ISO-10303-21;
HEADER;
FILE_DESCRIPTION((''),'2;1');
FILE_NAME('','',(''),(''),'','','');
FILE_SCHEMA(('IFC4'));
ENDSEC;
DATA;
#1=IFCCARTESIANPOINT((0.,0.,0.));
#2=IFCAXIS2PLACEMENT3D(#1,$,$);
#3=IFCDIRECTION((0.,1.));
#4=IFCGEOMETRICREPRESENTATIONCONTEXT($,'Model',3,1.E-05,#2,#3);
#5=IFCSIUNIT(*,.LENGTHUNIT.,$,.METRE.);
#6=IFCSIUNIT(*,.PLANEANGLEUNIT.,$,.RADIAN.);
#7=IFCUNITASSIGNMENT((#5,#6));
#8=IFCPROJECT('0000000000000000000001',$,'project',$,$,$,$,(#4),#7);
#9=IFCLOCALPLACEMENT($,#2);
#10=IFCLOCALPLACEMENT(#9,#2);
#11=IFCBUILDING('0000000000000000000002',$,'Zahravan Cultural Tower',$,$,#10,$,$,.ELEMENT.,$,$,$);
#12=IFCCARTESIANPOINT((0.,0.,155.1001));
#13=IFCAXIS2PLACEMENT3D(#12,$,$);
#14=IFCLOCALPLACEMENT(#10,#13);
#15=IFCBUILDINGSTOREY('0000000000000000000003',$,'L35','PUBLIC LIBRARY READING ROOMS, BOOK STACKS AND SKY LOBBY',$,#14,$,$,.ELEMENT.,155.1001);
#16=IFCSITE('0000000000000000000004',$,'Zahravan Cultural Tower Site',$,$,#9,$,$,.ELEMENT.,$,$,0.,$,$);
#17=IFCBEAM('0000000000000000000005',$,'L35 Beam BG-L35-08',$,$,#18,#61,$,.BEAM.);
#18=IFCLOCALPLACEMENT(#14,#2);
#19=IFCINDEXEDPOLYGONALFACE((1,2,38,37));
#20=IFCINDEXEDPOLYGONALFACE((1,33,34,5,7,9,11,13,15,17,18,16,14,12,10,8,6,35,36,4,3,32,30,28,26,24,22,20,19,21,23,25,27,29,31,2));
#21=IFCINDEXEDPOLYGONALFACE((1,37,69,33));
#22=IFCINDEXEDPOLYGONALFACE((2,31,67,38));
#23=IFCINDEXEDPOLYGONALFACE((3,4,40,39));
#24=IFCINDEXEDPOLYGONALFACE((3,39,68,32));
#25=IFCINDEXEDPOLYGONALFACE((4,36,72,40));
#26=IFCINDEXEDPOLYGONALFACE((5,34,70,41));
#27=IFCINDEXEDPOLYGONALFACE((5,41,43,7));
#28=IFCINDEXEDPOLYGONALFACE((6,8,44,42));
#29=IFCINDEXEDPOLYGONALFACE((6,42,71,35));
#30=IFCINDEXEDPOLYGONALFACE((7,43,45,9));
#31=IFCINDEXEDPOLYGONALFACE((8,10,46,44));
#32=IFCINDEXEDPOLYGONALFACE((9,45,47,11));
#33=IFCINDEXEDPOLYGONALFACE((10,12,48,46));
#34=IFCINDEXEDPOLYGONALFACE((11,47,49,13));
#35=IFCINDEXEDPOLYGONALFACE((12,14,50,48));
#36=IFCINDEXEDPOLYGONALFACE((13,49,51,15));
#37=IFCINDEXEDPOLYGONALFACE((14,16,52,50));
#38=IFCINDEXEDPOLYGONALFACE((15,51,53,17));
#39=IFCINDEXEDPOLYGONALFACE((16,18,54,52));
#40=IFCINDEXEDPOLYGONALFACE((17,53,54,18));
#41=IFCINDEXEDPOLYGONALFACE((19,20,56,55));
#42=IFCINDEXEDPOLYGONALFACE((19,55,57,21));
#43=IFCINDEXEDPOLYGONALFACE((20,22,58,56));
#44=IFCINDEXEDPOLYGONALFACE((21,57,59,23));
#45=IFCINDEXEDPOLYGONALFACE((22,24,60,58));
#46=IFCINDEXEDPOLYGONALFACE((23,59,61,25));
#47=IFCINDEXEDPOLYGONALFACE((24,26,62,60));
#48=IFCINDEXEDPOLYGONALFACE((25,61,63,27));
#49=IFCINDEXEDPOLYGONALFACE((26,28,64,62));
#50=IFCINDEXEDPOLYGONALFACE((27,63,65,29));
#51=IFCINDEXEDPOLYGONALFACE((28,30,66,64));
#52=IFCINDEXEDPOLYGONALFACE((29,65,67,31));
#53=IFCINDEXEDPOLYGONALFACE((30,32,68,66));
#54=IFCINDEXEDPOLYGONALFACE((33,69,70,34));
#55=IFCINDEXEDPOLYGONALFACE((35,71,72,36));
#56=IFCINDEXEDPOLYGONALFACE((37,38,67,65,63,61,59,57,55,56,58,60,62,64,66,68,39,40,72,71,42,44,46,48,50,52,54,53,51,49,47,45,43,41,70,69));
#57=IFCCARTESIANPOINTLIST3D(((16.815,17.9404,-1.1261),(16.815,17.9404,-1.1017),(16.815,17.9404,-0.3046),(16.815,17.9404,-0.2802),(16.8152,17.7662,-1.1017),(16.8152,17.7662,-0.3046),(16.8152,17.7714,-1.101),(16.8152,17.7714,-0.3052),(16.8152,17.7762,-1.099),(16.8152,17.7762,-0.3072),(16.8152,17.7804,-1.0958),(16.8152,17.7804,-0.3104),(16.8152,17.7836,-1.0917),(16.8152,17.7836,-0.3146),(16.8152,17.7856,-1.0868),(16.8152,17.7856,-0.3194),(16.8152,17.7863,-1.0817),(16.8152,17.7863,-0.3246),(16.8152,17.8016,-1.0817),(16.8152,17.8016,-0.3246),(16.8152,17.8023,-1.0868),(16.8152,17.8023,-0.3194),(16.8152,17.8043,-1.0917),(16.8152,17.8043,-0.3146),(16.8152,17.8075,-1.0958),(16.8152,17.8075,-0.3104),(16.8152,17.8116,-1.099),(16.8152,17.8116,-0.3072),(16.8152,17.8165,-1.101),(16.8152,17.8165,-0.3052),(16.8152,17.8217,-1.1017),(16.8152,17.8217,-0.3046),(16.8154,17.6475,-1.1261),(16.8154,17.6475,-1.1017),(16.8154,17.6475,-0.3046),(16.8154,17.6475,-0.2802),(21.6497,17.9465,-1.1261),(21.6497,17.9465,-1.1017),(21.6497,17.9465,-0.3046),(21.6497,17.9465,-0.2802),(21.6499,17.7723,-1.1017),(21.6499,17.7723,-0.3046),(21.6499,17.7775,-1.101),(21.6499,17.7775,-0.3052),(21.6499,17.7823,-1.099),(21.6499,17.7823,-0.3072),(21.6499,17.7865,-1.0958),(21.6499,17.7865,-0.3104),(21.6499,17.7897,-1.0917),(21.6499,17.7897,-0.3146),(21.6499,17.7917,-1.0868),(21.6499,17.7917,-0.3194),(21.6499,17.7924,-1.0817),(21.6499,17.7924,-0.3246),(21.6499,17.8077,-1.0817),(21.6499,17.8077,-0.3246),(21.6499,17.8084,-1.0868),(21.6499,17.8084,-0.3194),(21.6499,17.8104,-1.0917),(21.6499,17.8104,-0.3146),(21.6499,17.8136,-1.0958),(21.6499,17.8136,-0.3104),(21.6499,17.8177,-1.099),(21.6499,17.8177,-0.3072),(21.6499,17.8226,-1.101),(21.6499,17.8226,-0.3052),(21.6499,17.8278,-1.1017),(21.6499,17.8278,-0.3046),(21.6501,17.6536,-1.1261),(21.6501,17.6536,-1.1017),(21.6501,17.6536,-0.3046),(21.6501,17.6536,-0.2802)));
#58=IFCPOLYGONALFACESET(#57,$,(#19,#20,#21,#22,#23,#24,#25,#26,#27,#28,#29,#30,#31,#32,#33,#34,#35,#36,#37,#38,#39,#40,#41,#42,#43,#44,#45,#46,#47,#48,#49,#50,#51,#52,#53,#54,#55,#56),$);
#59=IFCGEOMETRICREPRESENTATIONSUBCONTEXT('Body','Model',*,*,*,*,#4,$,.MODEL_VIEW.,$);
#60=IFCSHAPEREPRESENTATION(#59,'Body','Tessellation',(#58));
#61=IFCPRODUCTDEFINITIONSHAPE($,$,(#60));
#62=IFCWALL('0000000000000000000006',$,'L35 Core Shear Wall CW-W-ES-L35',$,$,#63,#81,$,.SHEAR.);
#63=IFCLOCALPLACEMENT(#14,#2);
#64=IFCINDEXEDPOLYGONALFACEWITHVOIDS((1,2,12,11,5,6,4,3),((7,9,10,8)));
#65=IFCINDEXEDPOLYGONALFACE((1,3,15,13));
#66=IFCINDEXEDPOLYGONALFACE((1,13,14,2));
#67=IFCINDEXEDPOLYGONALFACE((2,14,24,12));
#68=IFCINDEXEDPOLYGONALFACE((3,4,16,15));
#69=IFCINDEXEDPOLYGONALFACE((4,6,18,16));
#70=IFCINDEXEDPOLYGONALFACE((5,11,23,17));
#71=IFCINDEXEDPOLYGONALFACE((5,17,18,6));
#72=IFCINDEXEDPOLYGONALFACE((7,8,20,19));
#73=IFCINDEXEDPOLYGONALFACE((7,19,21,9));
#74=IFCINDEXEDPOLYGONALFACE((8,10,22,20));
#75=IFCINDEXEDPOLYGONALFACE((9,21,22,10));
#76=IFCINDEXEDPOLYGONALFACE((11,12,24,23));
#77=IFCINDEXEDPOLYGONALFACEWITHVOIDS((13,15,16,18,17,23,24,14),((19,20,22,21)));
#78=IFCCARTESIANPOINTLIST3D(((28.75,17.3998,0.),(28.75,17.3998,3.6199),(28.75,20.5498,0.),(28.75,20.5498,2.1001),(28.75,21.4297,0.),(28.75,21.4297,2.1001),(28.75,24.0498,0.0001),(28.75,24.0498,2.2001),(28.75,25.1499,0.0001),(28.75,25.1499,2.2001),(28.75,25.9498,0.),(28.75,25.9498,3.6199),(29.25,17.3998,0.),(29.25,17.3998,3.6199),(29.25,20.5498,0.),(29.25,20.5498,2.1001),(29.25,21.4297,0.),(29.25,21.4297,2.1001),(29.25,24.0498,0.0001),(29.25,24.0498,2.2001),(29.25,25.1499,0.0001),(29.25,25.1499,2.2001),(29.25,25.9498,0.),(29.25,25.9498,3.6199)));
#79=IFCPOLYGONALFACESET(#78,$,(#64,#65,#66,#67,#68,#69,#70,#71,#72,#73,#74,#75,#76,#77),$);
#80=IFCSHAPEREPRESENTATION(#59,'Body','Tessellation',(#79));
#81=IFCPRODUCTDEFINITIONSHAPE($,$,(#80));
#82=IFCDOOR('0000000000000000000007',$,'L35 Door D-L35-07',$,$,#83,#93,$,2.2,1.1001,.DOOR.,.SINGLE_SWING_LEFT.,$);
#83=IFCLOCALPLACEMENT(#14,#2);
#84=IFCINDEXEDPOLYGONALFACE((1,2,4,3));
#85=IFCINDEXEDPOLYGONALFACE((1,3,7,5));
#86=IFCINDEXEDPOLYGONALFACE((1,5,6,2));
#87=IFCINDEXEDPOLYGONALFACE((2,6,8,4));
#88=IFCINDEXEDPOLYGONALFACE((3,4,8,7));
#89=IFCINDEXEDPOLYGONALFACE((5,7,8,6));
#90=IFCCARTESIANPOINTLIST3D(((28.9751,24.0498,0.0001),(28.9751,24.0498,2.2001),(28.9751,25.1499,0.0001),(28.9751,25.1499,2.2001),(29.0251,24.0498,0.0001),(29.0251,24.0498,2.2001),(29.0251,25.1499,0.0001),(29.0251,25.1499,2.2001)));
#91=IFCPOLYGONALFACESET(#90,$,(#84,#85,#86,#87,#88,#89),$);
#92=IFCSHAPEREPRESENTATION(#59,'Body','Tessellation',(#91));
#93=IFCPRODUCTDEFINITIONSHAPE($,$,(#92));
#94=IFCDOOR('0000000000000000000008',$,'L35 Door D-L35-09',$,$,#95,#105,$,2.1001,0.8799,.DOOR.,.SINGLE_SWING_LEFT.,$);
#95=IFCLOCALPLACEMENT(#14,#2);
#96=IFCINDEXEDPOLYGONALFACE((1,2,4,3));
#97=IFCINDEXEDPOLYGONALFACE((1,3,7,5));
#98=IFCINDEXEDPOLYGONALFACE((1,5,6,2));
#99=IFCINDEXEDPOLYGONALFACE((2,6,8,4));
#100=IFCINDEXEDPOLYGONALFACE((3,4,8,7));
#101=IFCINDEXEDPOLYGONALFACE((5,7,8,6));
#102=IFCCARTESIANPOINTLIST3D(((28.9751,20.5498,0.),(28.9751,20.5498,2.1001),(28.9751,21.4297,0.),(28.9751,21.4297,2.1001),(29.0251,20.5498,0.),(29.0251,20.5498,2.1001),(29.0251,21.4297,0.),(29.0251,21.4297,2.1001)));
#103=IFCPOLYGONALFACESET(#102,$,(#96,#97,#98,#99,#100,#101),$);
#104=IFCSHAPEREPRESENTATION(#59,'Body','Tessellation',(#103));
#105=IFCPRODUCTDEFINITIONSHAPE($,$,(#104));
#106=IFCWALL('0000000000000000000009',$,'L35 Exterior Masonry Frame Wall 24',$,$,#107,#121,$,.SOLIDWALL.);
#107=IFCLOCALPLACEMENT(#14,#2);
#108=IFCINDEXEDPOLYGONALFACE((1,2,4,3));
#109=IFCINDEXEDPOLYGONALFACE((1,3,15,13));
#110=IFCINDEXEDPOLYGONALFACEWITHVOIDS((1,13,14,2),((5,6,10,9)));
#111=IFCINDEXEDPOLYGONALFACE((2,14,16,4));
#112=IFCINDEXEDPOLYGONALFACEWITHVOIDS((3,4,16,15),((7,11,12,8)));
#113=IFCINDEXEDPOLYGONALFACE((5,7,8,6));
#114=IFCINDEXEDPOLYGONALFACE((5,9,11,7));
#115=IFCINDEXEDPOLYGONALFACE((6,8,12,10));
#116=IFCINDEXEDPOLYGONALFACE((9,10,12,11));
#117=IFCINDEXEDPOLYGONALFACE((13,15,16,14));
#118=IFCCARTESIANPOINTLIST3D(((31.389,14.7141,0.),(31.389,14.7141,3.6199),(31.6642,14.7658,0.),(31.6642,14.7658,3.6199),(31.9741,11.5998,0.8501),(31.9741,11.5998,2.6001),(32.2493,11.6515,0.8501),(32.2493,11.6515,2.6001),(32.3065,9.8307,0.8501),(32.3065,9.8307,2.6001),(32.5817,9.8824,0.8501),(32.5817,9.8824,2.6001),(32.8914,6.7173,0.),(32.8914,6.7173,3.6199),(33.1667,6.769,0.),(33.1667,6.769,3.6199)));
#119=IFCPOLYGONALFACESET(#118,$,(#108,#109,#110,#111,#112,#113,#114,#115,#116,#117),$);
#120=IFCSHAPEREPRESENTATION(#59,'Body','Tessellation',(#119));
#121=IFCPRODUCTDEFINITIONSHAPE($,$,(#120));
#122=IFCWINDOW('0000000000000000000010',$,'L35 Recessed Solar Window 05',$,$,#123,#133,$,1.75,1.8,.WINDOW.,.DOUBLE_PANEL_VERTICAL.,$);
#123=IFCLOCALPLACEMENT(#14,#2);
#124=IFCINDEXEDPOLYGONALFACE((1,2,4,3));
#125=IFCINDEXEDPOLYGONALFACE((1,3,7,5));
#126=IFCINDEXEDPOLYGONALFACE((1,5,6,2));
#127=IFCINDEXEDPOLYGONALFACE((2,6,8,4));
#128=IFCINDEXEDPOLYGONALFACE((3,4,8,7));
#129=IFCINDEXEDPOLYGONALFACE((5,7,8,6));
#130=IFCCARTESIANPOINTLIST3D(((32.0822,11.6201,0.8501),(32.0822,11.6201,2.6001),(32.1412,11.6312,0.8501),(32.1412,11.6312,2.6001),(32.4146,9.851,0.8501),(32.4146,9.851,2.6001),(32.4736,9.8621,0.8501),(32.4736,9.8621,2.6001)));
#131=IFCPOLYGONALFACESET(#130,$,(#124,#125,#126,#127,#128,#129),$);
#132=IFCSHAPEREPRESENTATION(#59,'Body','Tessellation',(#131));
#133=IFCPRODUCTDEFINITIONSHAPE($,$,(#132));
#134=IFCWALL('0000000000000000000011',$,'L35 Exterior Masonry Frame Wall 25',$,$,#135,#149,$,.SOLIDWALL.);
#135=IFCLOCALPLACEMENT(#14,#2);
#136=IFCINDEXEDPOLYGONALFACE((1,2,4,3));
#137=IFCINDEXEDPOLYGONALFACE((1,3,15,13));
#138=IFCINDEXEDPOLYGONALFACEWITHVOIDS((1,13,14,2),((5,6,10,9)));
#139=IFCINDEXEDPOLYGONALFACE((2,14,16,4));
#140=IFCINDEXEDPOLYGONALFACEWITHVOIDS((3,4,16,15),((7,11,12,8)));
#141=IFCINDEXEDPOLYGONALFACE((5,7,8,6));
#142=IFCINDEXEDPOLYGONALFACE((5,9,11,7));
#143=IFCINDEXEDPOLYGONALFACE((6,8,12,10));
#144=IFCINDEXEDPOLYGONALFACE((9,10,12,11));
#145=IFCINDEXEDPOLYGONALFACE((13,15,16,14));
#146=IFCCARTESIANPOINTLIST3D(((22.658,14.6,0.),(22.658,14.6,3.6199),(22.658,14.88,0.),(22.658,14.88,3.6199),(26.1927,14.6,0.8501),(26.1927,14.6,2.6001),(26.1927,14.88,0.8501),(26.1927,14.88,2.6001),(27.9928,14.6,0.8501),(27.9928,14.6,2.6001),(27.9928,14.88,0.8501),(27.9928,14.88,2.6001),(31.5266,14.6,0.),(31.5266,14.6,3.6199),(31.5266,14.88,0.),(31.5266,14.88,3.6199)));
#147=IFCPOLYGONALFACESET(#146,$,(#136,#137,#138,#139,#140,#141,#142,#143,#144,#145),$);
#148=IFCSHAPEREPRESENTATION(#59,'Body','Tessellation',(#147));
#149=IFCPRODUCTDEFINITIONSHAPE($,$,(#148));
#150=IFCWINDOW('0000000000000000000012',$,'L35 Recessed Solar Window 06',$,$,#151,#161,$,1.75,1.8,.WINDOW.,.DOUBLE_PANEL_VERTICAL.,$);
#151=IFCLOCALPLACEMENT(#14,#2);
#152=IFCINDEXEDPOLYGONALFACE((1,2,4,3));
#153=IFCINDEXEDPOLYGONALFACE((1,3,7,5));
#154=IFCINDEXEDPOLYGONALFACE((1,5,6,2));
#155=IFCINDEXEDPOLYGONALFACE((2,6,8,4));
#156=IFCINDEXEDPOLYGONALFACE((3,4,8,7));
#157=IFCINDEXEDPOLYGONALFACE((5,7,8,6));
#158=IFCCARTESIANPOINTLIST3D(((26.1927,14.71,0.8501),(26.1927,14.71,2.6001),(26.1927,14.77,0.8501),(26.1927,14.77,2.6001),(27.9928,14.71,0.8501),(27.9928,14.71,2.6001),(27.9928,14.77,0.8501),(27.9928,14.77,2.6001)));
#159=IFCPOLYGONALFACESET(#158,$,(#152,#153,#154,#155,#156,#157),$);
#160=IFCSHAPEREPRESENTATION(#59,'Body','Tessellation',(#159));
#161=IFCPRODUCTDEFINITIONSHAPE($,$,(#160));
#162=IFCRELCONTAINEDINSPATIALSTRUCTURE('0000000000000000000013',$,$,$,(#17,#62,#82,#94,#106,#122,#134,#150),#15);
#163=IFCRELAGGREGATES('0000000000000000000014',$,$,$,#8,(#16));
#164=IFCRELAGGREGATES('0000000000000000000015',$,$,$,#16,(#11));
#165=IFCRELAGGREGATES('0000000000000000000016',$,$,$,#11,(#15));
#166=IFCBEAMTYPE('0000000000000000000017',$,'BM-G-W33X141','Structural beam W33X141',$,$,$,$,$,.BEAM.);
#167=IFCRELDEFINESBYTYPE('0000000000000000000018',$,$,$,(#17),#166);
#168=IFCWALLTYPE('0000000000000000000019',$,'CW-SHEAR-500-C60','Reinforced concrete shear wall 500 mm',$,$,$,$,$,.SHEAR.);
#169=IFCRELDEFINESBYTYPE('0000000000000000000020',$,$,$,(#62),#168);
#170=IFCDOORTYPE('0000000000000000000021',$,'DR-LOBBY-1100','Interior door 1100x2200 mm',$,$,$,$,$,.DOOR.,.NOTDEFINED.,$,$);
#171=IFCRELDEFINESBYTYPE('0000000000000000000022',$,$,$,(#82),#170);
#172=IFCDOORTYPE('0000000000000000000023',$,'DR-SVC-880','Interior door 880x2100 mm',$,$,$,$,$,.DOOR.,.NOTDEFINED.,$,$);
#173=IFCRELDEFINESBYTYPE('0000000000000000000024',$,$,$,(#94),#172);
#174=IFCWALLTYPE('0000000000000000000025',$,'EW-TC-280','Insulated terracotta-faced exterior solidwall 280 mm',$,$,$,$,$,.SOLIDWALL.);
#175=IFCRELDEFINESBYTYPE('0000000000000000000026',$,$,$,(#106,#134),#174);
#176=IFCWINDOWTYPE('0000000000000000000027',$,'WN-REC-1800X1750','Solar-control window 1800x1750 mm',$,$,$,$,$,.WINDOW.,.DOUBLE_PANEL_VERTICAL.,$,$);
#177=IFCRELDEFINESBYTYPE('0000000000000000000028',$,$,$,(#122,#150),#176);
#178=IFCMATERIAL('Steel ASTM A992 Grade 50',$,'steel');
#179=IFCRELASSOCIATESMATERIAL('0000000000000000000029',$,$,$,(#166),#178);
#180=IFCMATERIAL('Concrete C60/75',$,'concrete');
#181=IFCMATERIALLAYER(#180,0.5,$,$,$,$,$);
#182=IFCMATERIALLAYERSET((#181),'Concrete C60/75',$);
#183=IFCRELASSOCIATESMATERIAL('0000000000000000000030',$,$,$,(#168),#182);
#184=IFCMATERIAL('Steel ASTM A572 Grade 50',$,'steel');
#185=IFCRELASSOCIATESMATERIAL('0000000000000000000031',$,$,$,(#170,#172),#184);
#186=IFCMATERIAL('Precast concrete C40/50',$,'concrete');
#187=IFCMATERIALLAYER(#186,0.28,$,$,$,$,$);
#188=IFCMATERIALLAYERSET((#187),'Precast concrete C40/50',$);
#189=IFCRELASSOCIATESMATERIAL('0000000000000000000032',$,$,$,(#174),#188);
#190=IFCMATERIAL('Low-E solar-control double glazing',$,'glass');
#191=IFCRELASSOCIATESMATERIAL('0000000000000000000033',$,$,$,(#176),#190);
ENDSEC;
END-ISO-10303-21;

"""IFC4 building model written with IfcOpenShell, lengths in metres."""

from ifc_helpers import new_model, si_unit, direction, frame, frame_2d, origin, origin_2d, place, context, subcontext, project, spatial, rectangle, i_section, extrude, source, transform, mapped, material, layer, layer_set, material_profile, profile_set, type_object, element, fill, save


model = new_model("IFC4")

# Units and contexts
model_context = context("Model", 3, precision=1e-05, world=origin(), true_north=direction((0.0, 1.0)))
body_context = subcontext(model_context, "Body", "Model", "MODEL_VIEW")
ifc_project = project(units=[si_unit("LENGTHUNIT", "METRE"), si_unit("PLANEANGLEUNIT", "RADIAN")], contexts=[model_context])

# Site, building, storey
site_placement = place(None, origin())
site = spatial("IfcSite", under=ifc_project, at=site_placement, Name="Zahravan Cultural Tower Site", CompositionType="ELEMENT", RefElevation=0.0)
building_placement = place(site_placement, origin())
building = spatial("IfcBuilding", under=site, at=building_placement, Name="Zahravan Cultural Tower", CompositionType="ELEMENT")
storey_placement = place(building_placement, frame((0.0, 0.0, 155.1001)))
storey = spatial("IfcBuildingStorey", under=building, at=storey_placement, Name="L35", Description="PUBLIC LIBRARY READING ROOMS, BOOK STACKS AND SKY LOBBY", CompositionType="ELEMENT", Elevation=155.1001)

# Beam
ifc_material_1 = material(Name="Steel ASTM A992 Grade 50", Category="steel")
ifc_material_profile_1 = material_profile(ifc_material_1, i_section(OverallWidth=0.293, OverallDepth=0.8459, WebThickness=0.0154, FlangeThickness=0.0244, FilletRadius=0.02, at=origin_2d()), Name="W33X141")
ifc_profile_set_1 = profile_set([ifc_material_profile_1], Name="Steel ASTM A992 Grade 50")
beam_type_1 = type_object("IfcBeamType", Name="BM-G-W33X141", Description="Structural beam W33X141", PredefinedType="BEAM", material=ifc_profile_set_1)
shared_shape_1 = source(origin(), body_context, "Body", "SweptSolid", [
    extrude(i_section(OverallWidth=0.293, OverallDepth=0.8459, WebThickness=0.0154, FlangeThickness=0.0244, FilletRadius=0.02, at=origin_2d()), origin(), (0.0, 0.0, 1.0), 4.8347),
])
beam_1_placement = place(storey_placement, frame((21.6499, 17.8, -0.7031), z_axis=(-0.999999, -0.001262, 0.0), x_axis=(0.001262, -0.999999, 0.0)))
element("IfcBeam", 1, at=beam_1_placement, inside=storey, type_object=beam_type_1, Name="L35 Beam BG-L35-08", PredefinedType="BEAM", context=body_context, shape_type="MappedRepresentation", body=[
    mapped(shared_shape_1, transform((0.0, 0.0, 0.0), x_axis=(1.0, 0.0, 0.0), y_axis=(0.0, 1.0, 0.0), z_axis=(0.0, 0.0, 1.0), scale=1.0)),
])

# Wall, openings, doors
ifc_material_2 = material(Name="Concrete C60/75", Category="concrete")
ifc_layer_1 = layer(ifc_material_2, 0.5)
ifc_layer_set_1 = layer_set([ifc_layer_1], Name="Concrete C60/75")
wall_type_1 = type_object("IfcWallType", Name="CW-SHEAR-500-C60", Description="Reinforced concrete shear wall 500 mm", PredefinedType="SHEAR", material=ifc_layer_set_1)
wall_1_placement = place(storey_placement, frame((29.0, 17.3999, 0.0), z_axis=(0.0, 0.0, 1.0), x_axis=(0.0, 1.0, 0.0)))
wall_1 = element("IfcWall", 2, at=wall_1_placement, inside=storey, type_object=wall_type_1, Name="L35 Core Shear Wall CW-W-ES-L35", PredefinedType="SHEAR", context=body_context, shape_type="SweptSolid", body=[
    extrude(rectangle(XDim=8.55, YDim=0.5, at=frame_2d((4.2749, 0.0))), origin(), (0.0, 0.0, 1.0), 3.6199),
])
opening_1_placement = place(wall_1_placement, frame((6.6499, 0.0, 0.0)))
opening_1 = element("IfcOpeningElement", 3, at=opening_1_placement, cuts=wall_1, PredefinedType="OPENING", context=body_context, shape_type="SweptSolid", body=[
    extrude(rectangle(XDim=1.1001, YDim=2.2, at=frame_2d((0.55, 1.1001))), frame((0.0, 0.26, 0.0), z_axis=(0.0, -1.0, 0.0), x_axis=(1.0, 0.0, 0.0)), (0.0, 0.0, 1.0), 0.52),
])
opening_2_placement = place(wall_1_placement, frame((3.1499, 0.0, 0.0)))
opening_2 = element("IfcOpeningElement", 4, at=opening_2_placement, cuts=wall_1, PredefinedType="OPENING", context=body_context, shape_type="SweptSolid", body=[
    extrude(rectangle(XDim=0.8799, YDim=2.1001, at=frame_2d((0.4399, 1.05))), frame((0.0, 0.26, 0.0), z_axis=(0.0, -1.0, 0.0), x_axis=(1.0, 0.0, 0.0)), (0.0, 0.0, 1.0), 0.52),
])
ifc_material_3 = material(Name="Steel ASTM A572 Grade 50", Category="steel")
door_type_1 = type_object("IfcDoorType", Name="DR-LOBBY-1100", Description="Interior door 1100x2200 mm", OperationType="NOTDEFINED", PredefinedType="DOOR", material=ifc_material_3)
shared_shape_2 = source(origin(), body_context, "Body", "SweptSolid", [
    extrude(rectangle(XDim=1.1001, YDim=2.2, at=frame_2d((0.55, 1.1001))), frame((0.0, 0.0249, 0.0), z_axis=(0.0, -1.0, 0.0), x_axis=(1.0, 0.0, 0.0)), (0.0, 0.0, 1.0), 0.05),
])
door_1_placement = place(opening_1_placement, origin())
door_1 = element("IfcDoor", 5, at=door_1_placement, inside=storey, type_object=door_type_1, Name="L35 Door D-L35-07", OperationType="SINGLE_SWING_LEFT", OverallHeight=2.2, OverallWidth=1.1001, PredefinedType="DOOR", context=body_context, shape_type="MappedRepresentation", body=[
    mapped(shared_shape_2, transform((0.0, 0.0, 0.0), x_axis=(1.0, 0.0, 0.0), y_axis=(0.0, 1.0, 0.0), z_axis=(0.0, 0.0, 1.0), scale=1.0)),
])
fill(opening_1, door_1)
door_type_2 = type_object("IfcDoorType", Name="DR-SVC-880", Description="Interior door 880x2100 mm", OperationType="NOTDEFINED", PredefinedType="DOOR", material=ifc_material_3)
shared_shape_3 = source(origin(), body_context, "Body", "SweptSolid", [
    extrude(rectangle(XDim=0.8799, YDim=2.1001, at=frame_2d((0.4399, 1.05))), frame((0.0, 0.0249, 0.0), z_axis=(0.0, -1.0, 0.0), x_axis=(1.0, 0.0, 0.0)), (0.0, 0.0, 1.0), 0.05),
])
door_2_placement = place(opening_2_placement, origin())
door_2 = element("IfcDoor", 6, at=door_2_placement, inside=storey, type_object=door_type_2, Name="L35 Door D-L35-09", OperationType="SINGLE_SWING_LEFT", OverallHeight=2.1001, OverallWidth=0.8799, PredefinedType="DOOR", context=body_context, shape_type="MappedRepresentation", body=[
    mapped(shared_shape_3, transform((0.0, 0.0, 0.0), x_axis=(1.0, 0.0, 0.0), y_axis=(0.0, 1.0, 0.0), z_axis=(0.0, 0.0, 1.0), scale=1.0)),
])
fill(opening_2, door_2)

# Walls, openings, windows
ifc_material_4 = material(Name="Precast concrete C40/50", Category="concrete")
ifc_layer_2 = layer(ifc_material_4, 0.28)
ifc_layer_set_2 = layer_set([ifc_layer_2], Name="Precast concrete C40/50")
wall_type_2 = type_object("IfcWallType", Name="EW-TC-280", Description="Insulated terracotta-faced exterior solidwall 280 mm", PredefinedType="SOLIDWALL", material=ifc_layer_set_2)
wall_2_placement = place(storey_placement, frame((33.0291, 6.7432, 0.0), z_axis=(0.0, 0.0, 1.0), x_axis=(-0.184649, 0.982805, 0.0)))
wall_2 = element("IfcWall", 7, at=wall_2_placement, inside=storey, type_object=wall_type_2, Name="L35 Exterior Masonry Frame Wall 24", PredefinedType="SOLIDWALL", context=body_context, shape_type="SweptSolid", body=[
    extrude(rectangle(XDim=8.1367, YDim=0.28, at=frame_2d((4.0684, 0.0))), origin(), (0.0, 0.0, 1.0), 3.6199),
])
opening_3_placement = place(wall_2_placement, frame((3.168, 0.0, 0.8501)))
opening_3 = element("IfcOpeningElement", 8, at=opening_3_placement, cuts=wall_2, PredefinedType="OPENING", context=body_context, shape_type="SweptSolid", body=[
    extrude(rectangle(XDim=1.8, YDim=1.75, at=frame_2d((0.8999, 0.875))), frame((0.0, 0.1499, 0.0), z_axis=(0.0, -1.0, 0.0), x_axis=(1.0, 0.0, 0.0)), (0.0, 0.0, 1.0), 0.3),
])
ifc_material_5 = material(Name="Low-E solar-control double glazing", Category="glass")
window_type = type_object("IfcWindowType", Name="WN-REC-1800X1750", Description="Solar-control window 1800x1750 mm", PartitioningType="DOUBLE_PANEL_VERTICAL", PredefinedType="WINDOW", material=ifc_material_5)
shared_shape_4 = source(origin(), body_context, "Body", "SweptSolid", [
    extrude(rectangle(XDim=1.8, YDim=1.75, at=frame_2d((0.8999, 0.875))), frame((0.0, 0.03, 0.0), z_axis=(0.0, -1.0, 0.0), x_axis=(1.0, 0.0, 0.0)), (0.0, 0.0, 1.0), 0.0601),
])
window_1_placement = place(opening_3_placement, origin())
window_1 = element("IfcWindow", 9, at=window_1_placement, inside=storey, type_object=window_type, Name="L35 Recessed Solar Window 05", OverallHeight=1.75, OverallWidth=1.8, PartitioningType="DOUBLE_PANEL_VERTICAL", PredefinedType="WINDOW", context=body_context, shape_type="MappedRepresentation", body=[
    mapped(shared_shape_4, transform((0.0, 0.0, 0.0), x_axis=(1.0, 0.0, 0.0), y_axis=(0.0, 1.0, 0.0), z_axis=(0.0, 0.0, 1.0), scale=1.0)),
])
fill(opening_3, window_1)
wall_3_placement = place(storey_placement, frame((31.5266, 14.74, 0.0), z_axis=(0.0, 0.0, 1.0), x_axis=(-1.0, 0.0, 0.0)))
wall_3 = element("IfcWall", 10, at=wall_3_placement, inside=storey, type_object=wall_type_2, Name="L35 Exterior Masonry Frame Wall 25", PredefinedType="SOLIDWALL", context=body_context, shape_type="SweptSolid", body=[
    extrude(rectangle(XDim=8.8687, YDim=0.28, at=frame_2d((4.4343, 0.0))), origin(), (0.0, 0.0, 1.0), 3.6199),
])
opening_4_placement = place(wall_3_placement, frame((3.5339, 0.0, 0.8501)))
opening_4 = element("IfcOpeningElement", 11, at=opening_4_placement, cuts=wall_3, PredefinedType="OPENING", context=body_context, shape_type="SweptSolid", body=[
    extrude(rectangle(XDim=1.8, YDim=1.75, at=frame_2d((0.8999, 0.875))), frame((0.0, 0.1499, 0.0), z_axis=(0.0, -1.0, 0.0), x_axis=(1.0, 0.0, 0.0)), (0.0, 0.0, 1.0), 0.3),
])
window_2_placement = place(opening_4_placement, origin())
window_2 = element("IfcWindow", 12, at=window_2_placement, inside=storey, type_object=window_type, Name="L35 Recessed Solar Window 06", OverallHeight=1.75, OverallWidth=1.8, PartitioningType="DOUBLE_PANEL_VERTICAL", PredefinedType="WINDOW", context=body_context, shape_type="MappedRepresentation", body=[
    mapped(shared_shape_4, transform((0.0, 0.0, 0.0), x_axis=(1.0, 0.0, 0.0), y_axis=(0.0, 1.0, 0.0), z_axis=(0.0, 0.0, 1.0), scale=1.0)),
])
fill(opening_4, window_2)

save(model, "model.ifc")
